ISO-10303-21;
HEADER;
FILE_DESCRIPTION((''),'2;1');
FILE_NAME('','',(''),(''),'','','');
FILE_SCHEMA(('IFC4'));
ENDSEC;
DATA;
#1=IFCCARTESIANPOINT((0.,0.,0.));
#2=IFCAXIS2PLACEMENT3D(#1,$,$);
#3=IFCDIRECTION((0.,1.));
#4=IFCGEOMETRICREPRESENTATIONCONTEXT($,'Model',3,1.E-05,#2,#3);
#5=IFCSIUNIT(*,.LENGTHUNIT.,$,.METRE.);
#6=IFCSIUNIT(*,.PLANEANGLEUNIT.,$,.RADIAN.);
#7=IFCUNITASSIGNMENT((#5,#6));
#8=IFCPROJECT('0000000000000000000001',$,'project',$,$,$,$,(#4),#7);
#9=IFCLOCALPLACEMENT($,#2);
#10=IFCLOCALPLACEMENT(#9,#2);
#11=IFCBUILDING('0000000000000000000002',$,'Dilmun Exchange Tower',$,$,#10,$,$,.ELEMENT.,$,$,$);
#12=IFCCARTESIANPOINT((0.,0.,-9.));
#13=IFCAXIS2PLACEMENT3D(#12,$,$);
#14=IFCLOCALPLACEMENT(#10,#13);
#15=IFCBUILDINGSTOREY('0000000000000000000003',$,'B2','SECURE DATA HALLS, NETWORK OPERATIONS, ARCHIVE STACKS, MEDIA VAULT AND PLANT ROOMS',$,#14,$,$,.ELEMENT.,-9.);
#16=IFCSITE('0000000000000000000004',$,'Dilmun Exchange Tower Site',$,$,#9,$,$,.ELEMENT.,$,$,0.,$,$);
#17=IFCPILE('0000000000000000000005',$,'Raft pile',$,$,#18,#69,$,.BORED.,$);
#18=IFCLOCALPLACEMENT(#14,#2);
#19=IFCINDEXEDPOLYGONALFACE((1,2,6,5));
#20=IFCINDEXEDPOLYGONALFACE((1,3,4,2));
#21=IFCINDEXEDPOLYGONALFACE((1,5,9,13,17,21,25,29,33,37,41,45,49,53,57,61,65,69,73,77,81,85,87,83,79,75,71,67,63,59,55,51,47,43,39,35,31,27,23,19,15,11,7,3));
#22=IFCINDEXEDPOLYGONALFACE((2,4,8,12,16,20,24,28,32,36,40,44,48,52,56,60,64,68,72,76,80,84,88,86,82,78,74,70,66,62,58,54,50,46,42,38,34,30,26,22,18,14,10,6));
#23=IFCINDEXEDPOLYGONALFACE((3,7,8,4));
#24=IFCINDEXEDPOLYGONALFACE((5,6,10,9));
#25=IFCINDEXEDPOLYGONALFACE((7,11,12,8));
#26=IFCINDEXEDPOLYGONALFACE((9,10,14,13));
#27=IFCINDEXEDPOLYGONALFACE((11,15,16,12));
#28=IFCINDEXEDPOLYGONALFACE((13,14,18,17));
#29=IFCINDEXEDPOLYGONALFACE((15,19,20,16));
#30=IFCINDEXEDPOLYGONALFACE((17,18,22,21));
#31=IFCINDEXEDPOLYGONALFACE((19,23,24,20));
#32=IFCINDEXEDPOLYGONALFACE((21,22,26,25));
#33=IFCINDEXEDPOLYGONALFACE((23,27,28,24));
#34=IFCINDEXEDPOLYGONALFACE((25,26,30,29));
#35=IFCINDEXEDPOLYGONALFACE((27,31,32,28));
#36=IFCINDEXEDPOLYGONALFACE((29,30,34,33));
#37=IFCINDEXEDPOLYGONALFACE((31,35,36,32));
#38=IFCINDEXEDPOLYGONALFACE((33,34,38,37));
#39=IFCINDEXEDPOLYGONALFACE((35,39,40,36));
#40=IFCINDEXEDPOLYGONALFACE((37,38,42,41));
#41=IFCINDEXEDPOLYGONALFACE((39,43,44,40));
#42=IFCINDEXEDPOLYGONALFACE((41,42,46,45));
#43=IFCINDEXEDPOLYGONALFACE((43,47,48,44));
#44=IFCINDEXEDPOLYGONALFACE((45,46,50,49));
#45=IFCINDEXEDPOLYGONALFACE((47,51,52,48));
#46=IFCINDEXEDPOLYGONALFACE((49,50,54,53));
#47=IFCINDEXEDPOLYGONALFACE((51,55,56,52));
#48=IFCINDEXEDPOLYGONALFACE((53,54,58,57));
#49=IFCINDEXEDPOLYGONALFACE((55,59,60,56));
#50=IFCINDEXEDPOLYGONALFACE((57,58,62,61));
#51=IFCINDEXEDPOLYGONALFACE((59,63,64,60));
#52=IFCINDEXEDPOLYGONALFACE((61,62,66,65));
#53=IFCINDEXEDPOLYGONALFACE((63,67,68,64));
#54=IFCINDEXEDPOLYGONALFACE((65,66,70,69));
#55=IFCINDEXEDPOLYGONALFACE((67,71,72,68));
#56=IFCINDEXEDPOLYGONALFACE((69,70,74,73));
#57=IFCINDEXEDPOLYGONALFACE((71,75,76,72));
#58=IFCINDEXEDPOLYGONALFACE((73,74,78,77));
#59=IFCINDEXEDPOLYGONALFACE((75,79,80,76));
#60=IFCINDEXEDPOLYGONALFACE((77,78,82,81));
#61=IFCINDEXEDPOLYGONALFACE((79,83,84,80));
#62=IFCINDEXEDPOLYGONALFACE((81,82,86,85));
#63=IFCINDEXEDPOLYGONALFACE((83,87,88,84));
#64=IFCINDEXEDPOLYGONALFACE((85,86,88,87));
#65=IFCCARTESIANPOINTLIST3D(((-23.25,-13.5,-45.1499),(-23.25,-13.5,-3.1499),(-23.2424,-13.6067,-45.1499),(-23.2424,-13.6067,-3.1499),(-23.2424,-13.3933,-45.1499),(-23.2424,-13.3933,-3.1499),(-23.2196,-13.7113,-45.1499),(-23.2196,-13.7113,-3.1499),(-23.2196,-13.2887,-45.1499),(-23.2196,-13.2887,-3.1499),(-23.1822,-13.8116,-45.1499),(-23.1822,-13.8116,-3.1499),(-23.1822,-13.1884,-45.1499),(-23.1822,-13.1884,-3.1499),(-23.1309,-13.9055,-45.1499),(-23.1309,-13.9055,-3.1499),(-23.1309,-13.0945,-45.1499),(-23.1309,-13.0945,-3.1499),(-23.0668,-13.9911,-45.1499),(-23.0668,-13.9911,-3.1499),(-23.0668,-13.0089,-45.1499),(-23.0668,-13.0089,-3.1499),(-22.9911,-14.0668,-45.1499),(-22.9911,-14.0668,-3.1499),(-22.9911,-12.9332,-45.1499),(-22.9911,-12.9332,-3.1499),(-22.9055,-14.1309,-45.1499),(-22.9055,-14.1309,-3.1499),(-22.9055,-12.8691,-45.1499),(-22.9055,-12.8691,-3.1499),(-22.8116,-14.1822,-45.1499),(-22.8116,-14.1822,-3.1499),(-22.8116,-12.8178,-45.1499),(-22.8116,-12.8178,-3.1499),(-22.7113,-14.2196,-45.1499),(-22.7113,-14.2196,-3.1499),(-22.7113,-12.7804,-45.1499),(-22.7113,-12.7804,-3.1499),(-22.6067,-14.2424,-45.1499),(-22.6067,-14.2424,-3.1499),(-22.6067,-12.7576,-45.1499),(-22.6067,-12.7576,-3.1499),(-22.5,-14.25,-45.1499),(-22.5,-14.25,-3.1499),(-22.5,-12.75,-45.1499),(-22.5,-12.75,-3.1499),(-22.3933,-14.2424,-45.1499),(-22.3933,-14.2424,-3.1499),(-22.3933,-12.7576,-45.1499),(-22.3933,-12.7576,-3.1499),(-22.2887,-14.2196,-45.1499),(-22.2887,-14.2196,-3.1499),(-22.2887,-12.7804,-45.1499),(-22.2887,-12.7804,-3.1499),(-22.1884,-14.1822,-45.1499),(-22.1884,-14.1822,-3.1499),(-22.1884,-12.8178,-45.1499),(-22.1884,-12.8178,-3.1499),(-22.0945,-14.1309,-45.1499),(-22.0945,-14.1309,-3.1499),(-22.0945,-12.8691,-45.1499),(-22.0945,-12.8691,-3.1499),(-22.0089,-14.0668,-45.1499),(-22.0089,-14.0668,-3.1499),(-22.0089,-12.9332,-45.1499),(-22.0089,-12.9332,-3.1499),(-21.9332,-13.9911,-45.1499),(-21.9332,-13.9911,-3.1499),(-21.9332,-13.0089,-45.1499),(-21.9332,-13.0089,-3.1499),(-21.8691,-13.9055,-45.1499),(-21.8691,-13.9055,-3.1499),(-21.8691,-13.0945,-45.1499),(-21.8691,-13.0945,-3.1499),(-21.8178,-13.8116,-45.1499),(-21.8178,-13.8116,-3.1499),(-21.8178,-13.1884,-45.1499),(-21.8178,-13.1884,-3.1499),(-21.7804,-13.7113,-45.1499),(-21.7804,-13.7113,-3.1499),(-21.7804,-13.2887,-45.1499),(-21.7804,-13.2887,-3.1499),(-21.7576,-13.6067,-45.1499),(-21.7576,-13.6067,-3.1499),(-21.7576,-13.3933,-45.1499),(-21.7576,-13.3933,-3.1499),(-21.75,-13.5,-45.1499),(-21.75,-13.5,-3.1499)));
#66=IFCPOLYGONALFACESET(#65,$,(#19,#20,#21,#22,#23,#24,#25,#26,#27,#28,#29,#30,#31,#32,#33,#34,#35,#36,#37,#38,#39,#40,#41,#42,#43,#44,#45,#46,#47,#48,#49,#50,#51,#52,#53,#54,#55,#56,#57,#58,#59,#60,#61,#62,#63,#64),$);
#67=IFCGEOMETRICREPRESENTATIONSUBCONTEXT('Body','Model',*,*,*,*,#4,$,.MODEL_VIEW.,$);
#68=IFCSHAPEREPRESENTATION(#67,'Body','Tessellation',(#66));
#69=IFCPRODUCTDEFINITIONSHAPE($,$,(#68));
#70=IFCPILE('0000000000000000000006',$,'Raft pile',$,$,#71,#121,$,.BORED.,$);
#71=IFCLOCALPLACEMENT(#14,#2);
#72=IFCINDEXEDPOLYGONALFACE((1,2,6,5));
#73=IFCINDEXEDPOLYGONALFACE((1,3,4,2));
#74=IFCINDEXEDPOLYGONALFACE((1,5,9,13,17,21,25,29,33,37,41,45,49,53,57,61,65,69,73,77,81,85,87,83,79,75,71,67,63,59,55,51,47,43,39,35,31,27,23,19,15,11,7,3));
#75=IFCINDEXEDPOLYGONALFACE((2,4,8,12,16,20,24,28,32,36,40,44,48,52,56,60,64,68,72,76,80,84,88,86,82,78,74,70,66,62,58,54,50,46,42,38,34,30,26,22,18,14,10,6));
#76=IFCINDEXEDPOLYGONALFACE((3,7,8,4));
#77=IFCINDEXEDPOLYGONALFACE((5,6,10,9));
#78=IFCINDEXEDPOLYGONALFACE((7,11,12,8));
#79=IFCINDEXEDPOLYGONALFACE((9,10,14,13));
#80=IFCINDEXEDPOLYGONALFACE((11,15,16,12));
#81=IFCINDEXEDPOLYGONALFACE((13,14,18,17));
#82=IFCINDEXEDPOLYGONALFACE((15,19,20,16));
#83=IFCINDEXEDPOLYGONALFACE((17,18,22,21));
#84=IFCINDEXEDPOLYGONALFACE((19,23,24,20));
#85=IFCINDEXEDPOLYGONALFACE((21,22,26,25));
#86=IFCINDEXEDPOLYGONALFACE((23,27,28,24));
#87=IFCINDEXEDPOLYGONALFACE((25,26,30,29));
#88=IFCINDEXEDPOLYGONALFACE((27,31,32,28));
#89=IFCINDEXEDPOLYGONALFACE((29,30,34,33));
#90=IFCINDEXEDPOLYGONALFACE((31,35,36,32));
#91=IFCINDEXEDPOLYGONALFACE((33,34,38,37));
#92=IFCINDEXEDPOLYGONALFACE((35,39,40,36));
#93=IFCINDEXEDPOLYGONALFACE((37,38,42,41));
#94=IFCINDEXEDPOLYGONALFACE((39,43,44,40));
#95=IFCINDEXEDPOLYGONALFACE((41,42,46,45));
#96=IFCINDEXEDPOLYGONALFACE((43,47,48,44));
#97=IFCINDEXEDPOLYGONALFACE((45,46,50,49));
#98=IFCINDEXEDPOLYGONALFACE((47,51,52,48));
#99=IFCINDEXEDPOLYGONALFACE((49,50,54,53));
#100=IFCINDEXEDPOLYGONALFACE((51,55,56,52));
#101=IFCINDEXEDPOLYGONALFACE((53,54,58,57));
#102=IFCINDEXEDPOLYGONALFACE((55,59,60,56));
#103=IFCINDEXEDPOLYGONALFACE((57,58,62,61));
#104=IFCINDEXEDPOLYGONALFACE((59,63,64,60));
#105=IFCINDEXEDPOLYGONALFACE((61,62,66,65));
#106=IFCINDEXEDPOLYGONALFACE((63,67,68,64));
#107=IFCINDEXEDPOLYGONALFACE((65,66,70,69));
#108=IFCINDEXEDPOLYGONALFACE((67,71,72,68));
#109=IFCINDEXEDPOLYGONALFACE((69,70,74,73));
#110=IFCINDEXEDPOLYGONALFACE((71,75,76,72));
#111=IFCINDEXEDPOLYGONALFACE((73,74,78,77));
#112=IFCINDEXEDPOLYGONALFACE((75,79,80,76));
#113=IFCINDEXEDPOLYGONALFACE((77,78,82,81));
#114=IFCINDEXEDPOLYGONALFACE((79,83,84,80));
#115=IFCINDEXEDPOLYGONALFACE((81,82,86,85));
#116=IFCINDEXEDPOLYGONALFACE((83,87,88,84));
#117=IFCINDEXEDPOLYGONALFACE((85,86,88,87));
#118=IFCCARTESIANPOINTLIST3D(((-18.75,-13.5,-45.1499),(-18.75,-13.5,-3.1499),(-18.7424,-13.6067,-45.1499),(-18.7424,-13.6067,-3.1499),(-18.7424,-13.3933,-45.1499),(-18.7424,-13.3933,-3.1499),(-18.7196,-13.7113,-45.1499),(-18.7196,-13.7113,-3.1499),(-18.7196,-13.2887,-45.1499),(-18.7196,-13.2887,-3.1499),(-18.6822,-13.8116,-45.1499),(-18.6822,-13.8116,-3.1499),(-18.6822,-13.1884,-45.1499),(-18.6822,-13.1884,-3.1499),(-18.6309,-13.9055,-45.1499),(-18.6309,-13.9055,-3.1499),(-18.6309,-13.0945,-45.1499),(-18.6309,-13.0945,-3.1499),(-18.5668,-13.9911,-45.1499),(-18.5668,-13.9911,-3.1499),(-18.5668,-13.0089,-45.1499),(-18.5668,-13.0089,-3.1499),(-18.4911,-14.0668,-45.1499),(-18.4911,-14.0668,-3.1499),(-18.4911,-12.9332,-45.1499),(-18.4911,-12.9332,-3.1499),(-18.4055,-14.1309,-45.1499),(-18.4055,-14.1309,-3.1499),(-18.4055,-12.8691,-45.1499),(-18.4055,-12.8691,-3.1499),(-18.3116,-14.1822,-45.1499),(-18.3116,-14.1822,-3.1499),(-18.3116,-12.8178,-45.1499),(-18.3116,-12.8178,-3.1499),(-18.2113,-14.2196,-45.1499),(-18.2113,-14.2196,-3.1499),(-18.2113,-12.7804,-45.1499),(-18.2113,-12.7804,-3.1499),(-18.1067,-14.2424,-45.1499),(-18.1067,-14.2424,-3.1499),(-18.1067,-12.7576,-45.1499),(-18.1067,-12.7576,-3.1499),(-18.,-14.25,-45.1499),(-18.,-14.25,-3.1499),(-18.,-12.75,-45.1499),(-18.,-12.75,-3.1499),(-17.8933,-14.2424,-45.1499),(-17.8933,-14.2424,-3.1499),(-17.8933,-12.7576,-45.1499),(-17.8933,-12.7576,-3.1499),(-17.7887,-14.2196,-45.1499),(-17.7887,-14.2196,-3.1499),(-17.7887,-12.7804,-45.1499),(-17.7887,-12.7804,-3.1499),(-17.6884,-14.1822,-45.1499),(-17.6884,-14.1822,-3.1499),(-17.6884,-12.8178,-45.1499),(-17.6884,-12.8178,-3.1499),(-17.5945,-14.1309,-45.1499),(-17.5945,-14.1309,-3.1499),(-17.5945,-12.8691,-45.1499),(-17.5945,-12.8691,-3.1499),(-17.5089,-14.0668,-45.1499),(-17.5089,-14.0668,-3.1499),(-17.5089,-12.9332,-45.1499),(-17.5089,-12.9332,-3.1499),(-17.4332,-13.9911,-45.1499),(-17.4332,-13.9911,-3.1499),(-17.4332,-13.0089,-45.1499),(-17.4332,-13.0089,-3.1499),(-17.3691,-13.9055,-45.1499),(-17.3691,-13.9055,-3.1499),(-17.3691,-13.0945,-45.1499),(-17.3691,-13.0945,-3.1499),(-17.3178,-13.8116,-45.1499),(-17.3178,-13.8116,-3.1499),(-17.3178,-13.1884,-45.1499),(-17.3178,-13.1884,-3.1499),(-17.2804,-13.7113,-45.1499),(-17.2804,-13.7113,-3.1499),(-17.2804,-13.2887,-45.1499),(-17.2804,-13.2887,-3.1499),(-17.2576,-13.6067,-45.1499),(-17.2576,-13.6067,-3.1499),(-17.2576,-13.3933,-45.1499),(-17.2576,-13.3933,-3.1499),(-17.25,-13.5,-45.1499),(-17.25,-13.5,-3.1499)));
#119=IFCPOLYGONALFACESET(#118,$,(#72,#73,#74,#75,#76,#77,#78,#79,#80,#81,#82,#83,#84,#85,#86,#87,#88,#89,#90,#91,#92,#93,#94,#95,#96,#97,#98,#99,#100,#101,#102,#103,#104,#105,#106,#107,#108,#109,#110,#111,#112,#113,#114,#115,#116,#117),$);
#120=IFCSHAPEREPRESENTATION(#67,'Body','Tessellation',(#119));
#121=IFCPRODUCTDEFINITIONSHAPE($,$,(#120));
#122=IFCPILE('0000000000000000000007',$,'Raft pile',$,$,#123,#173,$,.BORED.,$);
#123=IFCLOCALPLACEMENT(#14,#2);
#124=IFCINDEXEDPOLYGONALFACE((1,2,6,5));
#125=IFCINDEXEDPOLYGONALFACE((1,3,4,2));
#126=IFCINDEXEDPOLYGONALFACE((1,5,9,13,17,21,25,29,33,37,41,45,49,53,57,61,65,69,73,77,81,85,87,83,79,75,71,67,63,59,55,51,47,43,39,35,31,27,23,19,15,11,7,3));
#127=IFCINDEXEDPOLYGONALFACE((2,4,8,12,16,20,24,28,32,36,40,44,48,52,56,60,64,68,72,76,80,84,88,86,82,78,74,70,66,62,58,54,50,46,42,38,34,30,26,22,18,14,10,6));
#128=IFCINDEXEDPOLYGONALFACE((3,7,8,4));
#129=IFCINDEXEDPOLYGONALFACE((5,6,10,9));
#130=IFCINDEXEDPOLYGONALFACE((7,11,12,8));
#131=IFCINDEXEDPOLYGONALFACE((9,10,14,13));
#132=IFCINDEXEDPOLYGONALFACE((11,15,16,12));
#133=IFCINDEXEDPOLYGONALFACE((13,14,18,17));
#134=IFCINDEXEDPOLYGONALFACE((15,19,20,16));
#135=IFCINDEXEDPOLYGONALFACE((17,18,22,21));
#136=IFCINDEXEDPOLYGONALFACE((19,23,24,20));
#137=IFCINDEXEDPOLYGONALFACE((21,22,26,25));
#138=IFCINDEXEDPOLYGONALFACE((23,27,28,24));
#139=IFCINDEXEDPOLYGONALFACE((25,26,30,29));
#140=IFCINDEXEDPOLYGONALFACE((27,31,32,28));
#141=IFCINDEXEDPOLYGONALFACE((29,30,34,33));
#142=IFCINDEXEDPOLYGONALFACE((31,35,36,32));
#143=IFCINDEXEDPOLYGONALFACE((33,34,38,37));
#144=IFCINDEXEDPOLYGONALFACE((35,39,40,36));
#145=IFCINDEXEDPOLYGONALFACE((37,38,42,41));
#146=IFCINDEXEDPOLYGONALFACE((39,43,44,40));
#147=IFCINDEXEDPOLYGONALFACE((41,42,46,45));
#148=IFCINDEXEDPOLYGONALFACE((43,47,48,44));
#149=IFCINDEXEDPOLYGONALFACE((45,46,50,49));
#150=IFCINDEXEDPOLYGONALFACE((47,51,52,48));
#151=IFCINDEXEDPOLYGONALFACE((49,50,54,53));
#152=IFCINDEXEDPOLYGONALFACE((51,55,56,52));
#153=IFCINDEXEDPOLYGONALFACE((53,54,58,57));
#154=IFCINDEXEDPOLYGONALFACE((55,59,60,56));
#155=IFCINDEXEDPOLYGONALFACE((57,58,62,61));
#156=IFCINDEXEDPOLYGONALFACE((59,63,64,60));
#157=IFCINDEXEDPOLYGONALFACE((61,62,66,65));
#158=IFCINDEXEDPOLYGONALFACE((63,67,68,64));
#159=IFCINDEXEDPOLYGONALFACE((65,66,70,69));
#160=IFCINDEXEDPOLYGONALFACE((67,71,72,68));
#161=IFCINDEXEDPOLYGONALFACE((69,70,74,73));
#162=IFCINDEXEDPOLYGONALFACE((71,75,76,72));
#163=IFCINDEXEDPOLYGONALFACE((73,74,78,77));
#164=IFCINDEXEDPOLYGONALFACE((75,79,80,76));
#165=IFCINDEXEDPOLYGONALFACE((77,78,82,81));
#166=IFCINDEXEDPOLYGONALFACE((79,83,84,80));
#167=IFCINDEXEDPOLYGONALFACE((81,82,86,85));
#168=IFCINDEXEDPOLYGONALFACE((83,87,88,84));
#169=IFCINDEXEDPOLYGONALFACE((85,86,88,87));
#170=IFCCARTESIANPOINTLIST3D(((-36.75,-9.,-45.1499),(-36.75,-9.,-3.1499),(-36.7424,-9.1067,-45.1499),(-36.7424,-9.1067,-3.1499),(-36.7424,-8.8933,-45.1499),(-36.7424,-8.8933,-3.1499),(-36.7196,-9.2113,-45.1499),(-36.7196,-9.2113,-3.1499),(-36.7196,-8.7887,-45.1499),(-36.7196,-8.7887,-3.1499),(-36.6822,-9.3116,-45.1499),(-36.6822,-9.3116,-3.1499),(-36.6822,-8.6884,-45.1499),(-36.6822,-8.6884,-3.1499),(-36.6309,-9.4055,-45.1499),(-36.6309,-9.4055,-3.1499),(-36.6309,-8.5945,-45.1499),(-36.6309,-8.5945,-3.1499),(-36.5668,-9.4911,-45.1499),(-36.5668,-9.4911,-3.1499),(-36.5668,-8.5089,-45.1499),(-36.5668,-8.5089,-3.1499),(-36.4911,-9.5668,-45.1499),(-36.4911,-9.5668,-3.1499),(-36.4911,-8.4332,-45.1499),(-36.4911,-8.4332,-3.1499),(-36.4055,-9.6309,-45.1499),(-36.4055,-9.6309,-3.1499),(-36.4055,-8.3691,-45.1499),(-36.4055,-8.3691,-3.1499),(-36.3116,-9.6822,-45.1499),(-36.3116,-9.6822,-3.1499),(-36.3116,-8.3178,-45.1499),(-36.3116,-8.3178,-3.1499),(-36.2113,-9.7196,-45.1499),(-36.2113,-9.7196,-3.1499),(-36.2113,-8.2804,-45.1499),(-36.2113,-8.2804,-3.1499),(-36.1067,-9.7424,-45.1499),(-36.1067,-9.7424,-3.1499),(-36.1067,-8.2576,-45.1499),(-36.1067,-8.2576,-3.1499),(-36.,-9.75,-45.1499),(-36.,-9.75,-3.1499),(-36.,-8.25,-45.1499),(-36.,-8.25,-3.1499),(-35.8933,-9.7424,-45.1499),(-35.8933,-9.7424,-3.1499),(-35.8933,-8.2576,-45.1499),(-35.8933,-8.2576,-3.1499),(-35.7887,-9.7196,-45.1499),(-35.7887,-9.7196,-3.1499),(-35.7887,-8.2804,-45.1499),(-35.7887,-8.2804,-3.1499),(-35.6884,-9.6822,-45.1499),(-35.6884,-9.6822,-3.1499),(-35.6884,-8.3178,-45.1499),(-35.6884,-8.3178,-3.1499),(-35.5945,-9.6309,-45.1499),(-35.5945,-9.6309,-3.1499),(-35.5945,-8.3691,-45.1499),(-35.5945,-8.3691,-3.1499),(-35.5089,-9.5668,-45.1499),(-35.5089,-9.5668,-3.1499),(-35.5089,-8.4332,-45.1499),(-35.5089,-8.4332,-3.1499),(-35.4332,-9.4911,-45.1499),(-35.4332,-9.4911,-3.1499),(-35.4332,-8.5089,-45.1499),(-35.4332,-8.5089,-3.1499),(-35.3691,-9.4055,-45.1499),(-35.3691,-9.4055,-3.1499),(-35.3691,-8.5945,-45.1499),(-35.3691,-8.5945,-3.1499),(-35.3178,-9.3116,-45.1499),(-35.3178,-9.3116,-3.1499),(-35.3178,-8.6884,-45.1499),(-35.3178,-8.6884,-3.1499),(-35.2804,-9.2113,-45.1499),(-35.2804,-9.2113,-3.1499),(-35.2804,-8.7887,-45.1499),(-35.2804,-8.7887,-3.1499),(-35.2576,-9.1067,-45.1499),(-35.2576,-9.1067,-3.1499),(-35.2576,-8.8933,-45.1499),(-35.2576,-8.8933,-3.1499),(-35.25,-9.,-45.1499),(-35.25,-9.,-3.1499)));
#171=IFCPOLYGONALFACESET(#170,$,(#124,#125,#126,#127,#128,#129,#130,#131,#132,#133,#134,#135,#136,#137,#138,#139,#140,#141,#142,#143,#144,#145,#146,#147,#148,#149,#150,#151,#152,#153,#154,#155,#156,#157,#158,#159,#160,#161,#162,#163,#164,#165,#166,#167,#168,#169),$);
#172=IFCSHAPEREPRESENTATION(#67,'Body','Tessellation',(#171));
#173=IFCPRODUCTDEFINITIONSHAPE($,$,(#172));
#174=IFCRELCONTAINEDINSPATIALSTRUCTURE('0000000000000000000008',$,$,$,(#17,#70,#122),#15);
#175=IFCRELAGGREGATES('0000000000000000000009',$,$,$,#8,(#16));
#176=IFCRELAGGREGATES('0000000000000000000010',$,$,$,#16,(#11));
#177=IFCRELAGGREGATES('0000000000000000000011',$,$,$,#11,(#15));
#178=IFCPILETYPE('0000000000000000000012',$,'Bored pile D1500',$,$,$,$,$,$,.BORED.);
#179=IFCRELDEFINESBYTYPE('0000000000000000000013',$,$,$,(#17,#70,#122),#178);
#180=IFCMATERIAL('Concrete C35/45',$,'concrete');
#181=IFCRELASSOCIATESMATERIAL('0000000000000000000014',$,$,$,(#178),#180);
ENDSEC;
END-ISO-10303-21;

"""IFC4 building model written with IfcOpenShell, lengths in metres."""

from ifc_helpers import new_model, si_unit, direction, frame, origin, origin_2d, place, context, subcontext, project, spatial, circle, extrude, material, material_profile, profile_set, type_object, element, save


model = new_model("IFC4")

# Units and contexts
model_context = context("Model", 3, precision=1e-05, world=origin(), true_north=direction((0.0, 1.0)))
body_context = subcontext(model_context, "Body", "Model", "MODEL_VIEW")
ifc_project = project(units=[si_unit("LENGTHUNIT", "METRE"), si_unit("PLANEANGLEUNIT", "RADIAN")], contexts=[model_context])

# Site, building, storey
site_placement = place(None, origin())
site = spatial("IfcSite", under=ifc_project, at=site_placement, Name="Dilmun Exchange Tower Site", CompositionType="ELEMENT", RefElevation=0.0)
building_placement = place(site_placement, origin())
building = spatial("IfcBuilding", under=site, at=building_placement, Name="Dilmun Exchange Tower", CompositionType="ELEMENT")
storey_placement = place(building_placement, frame((0.0, 0.0, -9.0)))
storey = spatial("IfcBuildingStorey", under=building, at=storey_placement, Name="B2", Description="SECURE DATA HALLS, NETWORK OPERATIONS, ARCHIVE STACKS, MEDIA VAULT AND PLANT ROOMS", CompositionType="ELEMENT", Elevation=-9.0)

# Piles
ifc_material_1 = material(Name="Concrete C35/45", Category="concrete")
ifc_material_profile_1 = material_profile(ifc_material_1, circle(Radius=0.75, at=origin_2d()), Name="D1500")
ifc_profile_set_1 = profile_set([ifc_material_profile_1], Name="Concrete C35/45")
pile_type = type_object("IfcPileType", Name="Bored pile D1500", PredefinedType="BORED", material=ifc_profile_set_1)
for number, where, z_axis, x_axis, name in (
    (1, (-22.5, -13.5, -3.1499), (0.0, 0.0, -1.0), (1.0, 0.0, 0.0), "Raft pile"),
    (2, (-18.0, -13.5, -3.1499), (0.0, 0.0, -1.0), (1.0, 0.0, 0.0), "Raft pile"),
    (3, (-36.0, -9.0, -3.1499), (0.0, 0.0, -1.0), (1.0, 0.0, 0.0), "Raft pile"),
):
    element("IfcPile", number, at=place(storey_placement, frame(where, z_axis=z_axis, x_axis=x_axis)), inside=storey, type_object=pile_type, Name=name, PredefinedType="BORED", context=body_context, shape_type="SweptSolid", body=[
        extrude(circle(Radius=0.75, at=origin_2d()), origin(), (0.0, 0.0, 1.0), 42.0),
    ])

save(model, "model.ifc")
